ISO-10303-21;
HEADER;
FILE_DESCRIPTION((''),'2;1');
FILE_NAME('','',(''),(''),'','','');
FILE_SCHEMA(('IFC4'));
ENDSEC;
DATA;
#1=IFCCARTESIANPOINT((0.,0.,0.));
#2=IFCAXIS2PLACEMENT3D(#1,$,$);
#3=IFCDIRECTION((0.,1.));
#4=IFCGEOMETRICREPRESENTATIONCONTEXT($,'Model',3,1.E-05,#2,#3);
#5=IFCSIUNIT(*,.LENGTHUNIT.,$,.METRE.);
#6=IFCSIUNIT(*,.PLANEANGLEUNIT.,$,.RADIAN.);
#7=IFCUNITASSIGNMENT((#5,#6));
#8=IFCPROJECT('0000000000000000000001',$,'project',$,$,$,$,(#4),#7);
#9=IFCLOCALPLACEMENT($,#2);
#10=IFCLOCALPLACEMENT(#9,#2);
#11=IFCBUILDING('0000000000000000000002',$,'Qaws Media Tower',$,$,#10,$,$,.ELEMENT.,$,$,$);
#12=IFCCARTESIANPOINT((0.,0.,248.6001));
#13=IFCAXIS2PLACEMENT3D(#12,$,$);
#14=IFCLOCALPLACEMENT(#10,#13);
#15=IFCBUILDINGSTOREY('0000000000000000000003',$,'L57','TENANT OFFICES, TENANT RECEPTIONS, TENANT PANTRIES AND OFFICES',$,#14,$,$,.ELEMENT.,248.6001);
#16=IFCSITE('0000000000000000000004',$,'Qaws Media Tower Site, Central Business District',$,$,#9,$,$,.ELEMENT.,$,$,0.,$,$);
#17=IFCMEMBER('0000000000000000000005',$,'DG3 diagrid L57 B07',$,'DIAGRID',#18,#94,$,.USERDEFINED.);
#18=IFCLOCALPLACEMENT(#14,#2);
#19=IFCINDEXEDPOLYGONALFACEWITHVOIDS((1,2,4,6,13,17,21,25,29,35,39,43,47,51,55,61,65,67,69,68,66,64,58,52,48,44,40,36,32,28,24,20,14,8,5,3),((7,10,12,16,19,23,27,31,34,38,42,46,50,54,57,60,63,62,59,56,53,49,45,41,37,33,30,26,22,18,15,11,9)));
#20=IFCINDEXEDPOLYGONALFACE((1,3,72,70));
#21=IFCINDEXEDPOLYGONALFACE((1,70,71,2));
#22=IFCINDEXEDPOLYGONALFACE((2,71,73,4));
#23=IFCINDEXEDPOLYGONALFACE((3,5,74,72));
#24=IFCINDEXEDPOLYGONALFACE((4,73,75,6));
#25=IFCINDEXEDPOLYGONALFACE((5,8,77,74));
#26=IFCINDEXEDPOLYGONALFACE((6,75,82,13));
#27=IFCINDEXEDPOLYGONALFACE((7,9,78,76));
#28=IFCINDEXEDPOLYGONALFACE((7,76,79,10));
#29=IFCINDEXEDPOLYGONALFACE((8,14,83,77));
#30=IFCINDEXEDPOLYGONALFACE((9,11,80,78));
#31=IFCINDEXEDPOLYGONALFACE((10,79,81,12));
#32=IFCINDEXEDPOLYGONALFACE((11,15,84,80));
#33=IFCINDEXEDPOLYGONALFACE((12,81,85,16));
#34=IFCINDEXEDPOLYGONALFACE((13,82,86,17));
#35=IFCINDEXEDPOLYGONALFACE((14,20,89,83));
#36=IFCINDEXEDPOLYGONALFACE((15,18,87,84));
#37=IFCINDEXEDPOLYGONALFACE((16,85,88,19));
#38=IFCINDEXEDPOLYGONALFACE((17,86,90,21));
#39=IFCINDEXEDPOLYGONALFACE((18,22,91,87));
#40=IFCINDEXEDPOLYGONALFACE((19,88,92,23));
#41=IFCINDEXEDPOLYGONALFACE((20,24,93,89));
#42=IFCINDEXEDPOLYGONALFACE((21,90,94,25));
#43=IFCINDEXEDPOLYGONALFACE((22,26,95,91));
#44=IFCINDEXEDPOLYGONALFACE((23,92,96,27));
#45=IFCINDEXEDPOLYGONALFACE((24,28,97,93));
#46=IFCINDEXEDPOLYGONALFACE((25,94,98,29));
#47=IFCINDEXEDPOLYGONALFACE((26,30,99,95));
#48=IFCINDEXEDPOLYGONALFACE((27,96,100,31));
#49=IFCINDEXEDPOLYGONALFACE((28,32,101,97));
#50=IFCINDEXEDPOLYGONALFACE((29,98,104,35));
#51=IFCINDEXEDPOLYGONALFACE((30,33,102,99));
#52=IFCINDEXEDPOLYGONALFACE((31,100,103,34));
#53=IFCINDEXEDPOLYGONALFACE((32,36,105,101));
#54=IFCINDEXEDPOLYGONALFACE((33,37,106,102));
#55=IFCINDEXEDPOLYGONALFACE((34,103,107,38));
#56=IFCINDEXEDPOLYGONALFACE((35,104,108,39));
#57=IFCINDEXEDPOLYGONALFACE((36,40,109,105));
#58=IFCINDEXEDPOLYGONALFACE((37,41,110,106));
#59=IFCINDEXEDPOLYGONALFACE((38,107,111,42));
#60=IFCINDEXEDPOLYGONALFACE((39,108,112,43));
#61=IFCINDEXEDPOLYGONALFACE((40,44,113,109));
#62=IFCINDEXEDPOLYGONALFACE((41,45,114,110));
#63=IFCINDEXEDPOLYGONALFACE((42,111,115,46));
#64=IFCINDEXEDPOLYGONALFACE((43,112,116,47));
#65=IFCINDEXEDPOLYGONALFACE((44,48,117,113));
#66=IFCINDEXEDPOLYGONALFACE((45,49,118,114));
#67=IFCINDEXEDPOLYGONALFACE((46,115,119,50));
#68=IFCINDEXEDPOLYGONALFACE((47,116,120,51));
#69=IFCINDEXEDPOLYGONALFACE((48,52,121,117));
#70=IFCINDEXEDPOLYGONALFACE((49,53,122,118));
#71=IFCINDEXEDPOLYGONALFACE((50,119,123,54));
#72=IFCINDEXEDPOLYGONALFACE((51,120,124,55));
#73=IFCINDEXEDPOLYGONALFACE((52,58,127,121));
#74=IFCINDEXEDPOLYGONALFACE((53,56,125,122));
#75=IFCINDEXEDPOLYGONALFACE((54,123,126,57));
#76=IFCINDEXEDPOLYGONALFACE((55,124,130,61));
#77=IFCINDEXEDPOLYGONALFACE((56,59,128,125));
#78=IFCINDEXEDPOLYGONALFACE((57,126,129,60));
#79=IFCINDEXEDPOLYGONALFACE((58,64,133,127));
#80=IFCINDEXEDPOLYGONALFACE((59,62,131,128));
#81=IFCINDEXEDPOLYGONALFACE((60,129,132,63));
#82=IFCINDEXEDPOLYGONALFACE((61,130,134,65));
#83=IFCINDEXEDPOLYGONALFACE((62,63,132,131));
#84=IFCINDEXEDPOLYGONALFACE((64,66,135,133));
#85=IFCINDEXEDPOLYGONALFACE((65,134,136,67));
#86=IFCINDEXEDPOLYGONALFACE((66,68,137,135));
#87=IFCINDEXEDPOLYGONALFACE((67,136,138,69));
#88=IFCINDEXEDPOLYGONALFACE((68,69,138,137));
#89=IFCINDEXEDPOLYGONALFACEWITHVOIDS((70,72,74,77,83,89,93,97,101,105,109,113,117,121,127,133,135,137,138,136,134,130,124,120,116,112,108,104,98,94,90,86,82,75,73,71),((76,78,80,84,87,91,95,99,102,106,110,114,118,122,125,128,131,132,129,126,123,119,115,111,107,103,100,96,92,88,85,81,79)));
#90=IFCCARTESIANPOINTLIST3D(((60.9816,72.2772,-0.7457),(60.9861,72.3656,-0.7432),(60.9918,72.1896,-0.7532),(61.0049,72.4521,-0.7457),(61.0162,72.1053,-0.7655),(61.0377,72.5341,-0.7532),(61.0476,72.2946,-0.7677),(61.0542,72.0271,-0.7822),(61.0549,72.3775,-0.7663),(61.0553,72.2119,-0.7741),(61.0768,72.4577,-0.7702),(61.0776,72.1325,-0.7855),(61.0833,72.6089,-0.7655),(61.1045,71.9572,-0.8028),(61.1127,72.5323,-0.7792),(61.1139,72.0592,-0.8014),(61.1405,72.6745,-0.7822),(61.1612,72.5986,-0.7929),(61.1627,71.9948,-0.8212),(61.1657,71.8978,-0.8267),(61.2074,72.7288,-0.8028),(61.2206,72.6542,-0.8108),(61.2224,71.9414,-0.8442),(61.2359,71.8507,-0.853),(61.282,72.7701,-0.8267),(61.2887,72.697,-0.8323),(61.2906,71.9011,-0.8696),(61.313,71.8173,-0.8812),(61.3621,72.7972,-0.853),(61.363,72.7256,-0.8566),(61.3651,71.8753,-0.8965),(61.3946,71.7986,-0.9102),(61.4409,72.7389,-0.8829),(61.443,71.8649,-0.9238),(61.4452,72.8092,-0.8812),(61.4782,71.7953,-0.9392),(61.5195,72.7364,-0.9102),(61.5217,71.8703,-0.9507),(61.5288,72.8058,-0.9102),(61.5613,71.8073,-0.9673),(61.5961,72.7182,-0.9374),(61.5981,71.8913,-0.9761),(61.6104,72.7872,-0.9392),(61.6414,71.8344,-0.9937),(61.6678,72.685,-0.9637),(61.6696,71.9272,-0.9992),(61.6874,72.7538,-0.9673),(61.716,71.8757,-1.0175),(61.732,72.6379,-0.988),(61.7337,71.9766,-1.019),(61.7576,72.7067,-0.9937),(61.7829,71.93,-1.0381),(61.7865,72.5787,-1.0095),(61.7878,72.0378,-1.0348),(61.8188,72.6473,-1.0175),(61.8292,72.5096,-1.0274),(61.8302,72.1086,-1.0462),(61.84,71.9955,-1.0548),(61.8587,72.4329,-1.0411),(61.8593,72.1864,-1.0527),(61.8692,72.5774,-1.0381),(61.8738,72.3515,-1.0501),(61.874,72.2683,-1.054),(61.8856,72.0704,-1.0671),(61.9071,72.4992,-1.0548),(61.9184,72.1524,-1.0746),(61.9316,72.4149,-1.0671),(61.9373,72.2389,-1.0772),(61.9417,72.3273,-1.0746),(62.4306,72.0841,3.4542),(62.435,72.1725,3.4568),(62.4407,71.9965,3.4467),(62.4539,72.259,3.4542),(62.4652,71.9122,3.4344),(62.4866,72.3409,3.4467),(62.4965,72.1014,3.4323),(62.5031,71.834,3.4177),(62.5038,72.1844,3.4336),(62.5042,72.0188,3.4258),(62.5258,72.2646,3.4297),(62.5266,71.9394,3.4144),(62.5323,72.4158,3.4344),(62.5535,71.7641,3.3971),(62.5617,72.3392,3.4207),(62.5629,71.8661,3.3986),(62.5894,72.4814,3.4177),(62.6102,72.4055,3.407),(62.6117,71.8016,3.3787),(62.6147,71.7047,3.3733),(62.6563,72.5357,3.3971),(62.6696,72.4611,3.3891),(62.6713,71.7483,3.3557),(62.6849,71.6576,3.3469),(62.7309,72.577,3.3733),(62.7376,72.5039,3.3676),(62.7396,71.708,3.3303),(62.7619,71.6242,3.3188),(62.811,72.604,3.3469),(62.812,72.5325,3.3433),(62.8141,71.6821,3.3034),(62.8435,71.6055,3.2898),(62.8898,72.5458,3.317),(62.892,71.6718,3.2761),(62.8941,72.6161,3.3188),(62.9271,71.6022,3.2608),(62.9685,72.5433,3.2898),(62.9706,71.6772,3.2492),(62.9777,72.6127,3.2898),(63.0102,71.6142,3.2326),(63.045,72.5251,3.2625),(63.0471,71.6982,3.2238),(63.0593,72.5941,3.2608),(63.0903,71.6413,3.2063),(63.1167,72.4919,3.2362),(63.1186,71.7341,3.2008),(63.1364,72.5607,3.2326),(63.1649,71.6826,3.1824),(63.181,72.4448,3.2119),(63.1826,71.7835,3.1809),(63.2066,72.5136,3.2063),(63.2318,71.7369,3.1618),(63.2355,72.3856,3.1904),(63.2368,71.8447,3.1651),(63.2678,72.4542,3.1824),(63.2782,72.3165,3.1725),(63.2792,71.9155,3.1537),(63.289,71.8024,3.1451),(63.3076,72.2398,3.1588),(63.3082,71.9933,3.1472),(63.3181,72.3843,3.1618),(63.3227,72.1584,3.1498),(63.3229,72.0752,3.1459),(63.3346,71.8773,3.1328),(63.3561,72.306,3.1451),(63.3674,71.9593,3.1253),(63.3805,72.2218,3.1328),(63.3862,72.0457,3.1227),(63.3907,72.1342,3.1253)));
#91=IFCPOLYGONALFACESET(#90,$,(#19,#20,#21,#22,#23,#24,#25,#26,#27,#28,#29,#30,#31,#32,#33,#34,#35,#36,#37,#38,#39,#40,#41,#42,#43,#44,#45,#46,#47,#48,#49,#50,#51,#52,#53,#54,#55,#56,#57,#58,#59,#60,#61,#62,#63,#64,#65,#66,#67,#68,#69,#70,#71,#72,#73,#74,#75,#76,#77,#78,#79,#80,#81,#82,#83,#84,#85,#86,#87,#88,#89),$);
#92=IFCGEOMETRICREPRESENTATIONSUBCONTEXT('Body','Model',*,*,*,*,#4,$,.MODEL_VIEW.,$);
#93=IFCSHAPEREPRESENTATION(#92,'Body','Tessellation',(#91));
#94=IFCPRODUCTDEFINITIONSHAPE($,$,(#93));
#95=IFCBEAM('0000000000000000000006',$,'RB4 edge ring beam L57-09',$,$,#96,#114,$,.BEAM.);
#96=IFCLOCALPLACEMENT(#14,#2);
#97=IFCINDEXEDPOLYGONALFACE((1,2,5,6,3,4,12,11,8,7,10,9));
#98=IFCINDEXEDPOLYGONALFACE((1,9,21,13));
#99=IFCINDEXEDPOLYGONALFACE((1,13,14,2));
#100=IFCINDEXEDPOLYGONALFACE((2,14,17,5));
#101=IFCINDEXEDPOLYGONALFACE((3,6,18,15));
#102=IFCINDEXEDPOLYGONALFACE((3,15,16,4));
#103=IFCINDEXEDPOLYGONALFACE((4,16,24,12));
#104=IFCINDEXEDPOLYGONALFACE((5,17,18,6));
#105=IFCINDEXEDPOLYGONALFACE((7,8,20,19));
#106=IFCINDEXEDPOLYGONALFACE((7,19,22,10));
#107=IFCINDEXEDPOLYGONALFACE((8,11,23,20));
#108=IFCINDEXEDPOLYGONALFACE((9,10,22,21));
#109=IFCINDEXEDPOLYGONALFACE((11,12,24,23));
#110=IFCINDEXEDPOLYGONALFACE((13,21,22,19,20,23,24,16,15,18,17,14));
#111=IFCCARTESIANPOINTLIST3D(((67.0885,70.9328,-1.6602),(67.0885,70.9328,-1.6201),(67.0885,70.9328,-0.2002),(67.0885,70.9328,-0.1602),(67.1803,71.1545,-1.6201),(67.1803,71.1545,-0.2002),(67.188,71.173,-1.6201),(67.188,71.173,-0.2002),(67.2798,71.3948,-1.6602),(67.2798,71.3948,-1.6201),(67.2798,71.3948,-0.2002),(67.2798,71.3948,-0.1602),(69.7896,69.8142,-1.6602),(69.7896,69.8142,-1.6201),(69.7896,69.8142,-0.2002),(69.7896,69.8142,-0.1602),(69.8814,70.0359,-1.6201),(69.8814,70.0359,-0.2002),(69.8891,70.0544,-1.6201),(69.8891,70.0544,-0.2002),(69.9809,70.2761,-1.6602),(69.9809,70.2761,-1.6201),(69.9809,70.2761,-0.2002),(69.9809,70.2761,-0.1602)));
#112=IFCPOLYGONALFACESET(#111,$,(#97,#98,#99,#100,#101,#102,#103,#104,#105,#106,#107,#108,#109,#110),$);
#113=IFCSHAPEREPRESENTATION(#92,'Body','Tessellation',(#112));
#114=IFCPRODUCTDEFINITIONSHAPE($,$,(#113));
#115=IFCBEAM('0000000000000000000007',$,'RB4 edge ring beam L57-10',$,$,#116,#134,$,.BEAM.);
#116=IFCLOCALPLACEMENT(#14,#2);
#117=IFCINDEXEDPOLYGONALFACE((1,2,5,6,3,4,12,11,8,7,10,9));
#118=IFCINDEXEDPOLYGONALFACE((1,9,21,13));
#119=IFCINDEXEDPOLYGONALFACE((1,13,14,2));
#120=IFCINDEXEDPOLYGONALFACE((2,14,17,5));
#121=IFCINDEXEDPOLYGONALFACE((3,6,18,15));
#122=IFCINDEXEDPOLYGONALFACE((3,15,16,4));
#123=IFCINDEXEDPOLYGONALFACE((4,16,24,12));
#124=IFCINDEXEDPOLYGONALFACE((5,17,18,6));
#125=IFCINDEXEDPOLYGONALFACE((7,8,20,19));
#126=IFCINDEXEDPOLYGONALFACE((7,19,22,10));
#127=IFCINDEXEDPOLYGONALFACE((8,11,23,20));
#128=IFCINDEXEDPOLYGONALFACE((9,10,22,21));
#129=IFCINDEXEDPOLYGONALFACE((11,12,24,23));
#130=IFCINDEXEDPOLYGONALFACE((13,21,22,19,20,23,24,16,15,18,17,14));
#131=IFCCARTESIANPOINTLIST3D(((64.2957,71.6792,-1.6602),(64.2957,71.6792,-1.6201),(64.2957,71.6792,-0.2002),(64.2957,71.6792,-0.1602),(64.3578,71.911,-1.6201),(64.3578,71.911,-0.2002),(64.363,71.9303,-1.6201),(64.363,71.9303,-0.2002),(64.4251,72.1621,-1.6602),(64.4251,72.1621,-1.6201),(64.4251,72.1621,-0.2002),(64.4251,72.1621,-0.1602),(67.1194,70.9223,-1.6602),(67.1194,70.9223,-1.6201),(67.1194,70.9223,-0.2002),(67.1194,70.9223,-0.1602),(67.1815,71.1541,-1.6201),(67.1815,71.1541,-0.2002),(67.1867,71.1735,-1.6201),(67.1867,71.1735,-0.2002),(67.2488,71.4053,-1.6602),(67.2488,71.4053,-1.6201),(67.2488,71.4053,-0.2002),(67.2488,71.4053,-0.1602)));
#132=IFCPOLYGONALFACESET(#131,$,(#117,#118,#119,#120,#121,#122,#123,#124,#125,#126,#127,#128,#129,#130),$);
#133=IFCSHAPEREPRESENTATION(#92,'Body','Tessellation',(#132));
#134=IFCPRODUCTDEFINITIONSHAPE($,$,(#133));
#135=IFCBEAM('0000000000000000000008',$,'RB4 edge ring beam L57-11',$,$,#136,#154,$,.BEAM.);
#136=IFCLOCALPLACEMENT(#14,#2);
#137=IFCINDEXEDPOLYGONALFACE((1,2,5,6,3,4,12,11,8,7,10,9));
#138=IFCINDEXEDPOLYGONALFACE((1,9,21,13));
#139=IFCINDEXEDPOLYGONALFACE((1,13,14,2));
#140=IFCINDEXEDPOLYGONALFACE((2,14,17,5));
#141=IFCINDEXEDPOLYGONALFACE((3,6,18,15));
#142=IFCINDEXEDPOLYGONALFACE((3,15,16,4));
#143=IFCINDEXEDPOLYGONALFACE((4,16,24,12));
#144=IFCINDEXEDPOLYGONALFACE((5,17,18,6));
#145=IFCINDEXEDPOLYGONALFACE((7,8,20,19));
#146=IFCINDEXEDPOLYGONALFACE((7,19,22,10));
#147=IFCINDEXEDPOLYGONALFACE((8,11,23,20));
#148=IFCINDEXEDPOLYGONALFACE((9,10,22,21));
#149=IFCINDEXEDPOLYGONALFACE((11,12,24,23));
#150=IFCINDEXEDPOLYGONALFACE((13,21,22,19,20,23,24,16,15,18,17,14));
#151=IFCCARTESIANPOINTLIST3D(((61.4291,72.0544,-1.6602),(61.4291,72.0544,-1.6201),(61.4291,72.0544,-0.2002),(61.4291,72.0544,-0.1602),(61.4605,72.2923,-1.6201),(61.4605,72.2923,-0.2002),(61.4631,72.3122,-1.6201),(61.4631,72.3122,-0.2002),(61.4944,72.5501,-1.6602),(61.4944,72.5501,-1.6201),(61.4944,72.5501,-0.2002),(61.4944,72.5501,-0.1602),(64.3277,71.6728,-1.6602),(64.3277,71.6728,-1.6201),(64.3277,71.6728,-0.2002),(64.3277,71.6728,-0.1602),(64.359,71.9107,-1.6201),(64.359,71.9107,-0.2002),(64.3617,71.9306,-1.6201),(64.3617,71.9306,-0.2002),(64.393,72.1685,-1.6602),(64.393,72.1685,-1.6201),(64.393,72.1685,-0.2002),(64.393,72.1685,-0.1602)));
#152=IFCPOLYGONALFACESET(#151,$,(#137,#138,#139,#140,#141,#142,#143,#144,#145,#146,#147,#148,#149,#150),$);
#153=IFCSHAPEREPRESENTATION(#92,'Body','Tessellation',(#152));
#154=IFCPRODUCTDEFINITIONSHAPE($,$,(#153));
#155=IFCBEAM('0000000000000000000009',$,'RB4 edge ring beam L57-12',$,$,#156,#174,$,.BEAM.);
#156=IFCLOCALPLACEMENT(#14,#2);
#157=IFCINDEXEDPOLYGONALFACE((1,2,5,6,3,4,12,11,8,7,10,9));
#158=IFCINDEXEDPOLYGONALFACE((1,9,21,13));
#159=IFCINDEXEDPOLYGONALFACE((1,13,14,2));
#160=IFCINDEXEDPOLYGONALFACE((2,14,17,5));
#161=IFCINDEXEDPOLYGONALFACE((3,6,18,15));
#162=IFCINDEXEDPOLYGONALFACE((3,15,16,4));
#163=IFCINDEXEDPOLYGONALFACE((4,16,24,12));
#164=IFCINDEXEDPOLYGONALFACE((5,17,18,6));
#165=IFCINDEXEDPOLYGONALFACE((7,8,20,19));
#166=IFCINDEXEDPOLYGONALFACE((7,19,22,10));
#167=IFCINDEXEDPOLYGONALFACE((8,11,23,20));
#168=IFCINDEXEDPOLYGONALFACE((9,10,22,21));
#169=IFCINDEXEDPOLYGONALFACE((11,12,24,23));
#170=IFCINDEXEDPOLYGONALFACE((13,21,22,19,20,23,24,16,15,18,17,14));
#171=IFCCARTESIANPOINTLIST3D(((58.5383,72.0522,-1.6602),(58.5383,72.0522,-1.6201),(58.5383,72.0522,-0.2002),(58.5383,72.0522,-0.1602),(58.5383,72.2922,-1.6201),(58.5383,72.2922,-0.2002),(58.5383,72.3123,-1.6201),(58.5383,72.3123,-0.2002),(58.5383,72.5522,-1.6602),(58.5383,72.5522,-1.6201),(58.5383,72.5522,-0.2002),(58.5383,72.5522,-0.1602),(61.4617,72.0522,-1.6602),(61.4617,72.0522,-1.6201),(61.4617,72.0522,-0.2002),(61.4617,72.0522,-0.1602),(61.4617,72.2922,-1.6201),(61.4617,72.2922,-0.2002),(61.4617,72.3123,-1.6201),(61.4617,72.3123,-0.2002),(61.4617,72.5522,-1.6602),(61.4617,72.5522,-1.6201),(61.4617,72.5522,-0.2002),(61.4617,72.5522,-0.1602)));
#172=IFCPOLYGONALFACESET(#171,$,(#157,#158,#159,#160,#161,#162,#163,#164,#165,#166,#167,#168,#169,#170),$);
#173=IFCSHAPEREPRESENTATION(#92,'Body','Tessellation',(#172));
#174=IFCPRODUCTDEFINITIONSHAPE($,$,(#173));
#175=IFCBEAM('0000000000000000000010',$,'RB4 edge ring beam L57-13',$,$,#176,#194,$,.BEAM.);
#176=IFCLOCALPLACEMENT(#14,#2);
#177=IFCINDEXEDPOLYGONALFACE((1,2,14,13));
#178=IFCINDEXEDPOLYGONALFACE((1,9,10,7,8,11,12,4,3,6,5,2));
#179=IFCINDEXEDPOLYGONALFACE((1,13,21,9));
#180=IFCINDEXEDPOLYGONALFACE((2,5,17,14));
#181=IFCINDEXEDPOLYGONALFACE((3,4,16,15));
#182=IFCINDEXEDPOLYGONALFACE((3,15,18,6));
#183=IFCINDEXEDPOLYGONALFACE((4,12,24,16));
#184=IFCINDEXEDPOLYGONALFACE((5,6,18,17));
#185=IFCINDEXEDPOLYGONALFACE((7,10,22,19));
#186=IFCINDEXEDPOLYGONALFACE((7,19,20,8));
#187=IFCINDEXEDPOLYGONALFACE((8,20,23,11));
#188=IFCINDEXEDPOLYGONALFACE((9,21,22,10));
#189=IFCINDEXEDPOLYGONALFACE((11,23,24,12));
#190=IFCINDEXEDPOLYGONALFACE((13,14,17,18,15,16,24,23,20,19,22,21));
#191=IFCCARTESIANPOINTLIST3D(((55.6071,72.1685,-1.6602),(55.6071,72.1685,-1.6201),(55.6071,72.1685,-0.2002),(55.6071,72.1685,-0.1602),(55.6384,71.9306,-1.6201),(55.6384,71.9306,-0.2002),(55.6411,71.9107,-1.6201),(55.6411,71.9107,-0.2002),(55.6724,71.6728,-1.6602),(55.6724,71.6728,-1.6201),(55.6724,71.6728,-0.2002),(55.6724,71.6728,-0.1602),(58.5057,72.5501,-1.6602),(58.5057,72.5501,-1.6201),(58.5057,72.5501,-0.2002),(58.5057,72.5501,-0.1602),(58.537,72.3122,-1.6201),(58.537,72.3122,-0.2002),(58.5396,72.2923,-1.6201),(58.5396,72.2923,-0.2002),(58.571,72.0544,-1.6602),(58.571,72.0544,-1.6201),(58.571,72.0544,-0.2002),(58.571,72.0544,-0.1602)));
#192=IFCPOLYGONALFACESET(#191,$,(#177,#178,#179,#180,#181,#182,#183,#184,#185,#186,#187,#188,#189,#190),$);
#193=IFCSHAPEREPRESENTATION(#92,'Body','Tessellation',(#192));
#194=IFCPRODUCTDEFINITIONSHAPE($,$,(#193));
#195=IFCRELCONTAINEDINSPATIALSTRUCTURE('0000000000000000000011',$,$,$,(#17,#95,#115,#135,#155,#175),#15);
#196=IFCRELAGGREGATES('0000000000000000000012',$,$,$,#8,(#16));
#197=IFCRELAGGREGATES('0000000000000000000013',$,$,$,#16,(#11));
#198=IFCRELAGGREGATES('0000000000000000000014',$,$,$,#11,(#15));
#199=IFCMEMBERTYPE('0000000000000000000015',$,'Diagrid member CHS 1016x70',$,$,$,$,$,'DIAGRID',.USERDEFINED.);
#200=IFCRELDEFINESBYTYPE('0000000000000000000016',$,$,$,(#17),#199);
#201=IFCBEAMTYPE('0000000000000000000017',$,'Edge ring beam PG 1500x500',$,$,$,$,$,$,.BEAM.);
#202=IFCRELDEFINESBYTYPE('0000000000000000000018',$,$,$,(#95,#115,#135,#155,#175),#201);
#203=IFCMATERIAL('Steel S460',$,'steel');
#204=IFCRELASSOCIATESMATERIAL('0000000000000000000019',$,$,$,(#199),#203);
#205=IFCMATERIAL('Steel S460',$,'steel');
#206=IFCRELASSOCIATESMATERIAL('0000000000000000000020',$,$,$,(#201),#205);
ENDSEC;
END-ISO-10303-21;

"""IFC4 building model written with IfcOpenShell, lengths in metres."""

from ifc_helpers import new_model, si_unit, direction, frame, origin, origin_2d, place, context, subcontext, project, spatial, hollow_circle, i_section, extrude, material, material_profile, profile_set, type_object, element, save


model = new_model("IFC4")

# Units and contexts
model_context = context("Model", 3, precision=1e-05, world=origin(), true_north=direction((0.0, 1.0)))
body_context = subcontext(model_context, "Body", "Model", "MODEL_VIEW")
ifc_project = project(units=[si_unit("LENGTHUNIT", "METRE"), si_unit("PLANEANGLEUNIT", "RADIAN")], contexts=[model_context])

# Site, building, storey
site_placement = place(None, origin())
site = spatial("IfcSite", under=ifc_project, at=site_placement, Name="Qaws Media Tower Site, Central Business District", CompositionType="ELEMENT", RefElevation=0.0)
building_placement = place(site_placement, origin())
building = spatial("IfcBuilding", under=site, at=building_placement, Name="Qaws Media Tower", CompositionType="ELEMENT")
storey_placement = place(building_placement, frame((0.0, 0.0, 248.6001)))
storey = spatial("IfcBuildingStorey", under=building, at=storey_placement, Name="L57", Description="TENANT OFFICES, TENANT RECEPTIONS, TENANT PANTRIES AND OFFICES", CompositionType="ELEMENT", Elevation=248.6001)

# Member
ifc_material_1 = material(Name="Steel S460", Category="steel")
ifc_material_profile_1 = material_profile(ifc_material_1, hollow_circle(Radius=0.5081, WallThickness=0.0701, at=origin_2d()), Name="CHS 1016x70")
ifc_profile_set_1 = profile_set([ifc_material_profile_1], Name="Steel S460")
member_type_1 = type_object("IfcMemberType", Name="Diagrid member CHS 1016x70", ElementType="DIAGRID", PredefinedType="USERDEFINED", material=ifc_profile_set_1)
for number, where, z_axis, x_axis, name in (
    (1, (61.4617, 72.3022, -0.9102), (0.325827, -0.043425, 0.944432), (0.132109, 0.991235, 0.0), "DG3 diagrid L57 B07"),
):
    element("IfcMember", number, at=place(storey_placement, frame(where, z_axis=z_axis, x_axis=x_axis)), inside=storey, type_object=member_type_1, Name=name, ObjectType="DIAGRID", PredefinedType="USERDEFINED", context=body_context, shape_type="SweptSolid", body=[
        extrude(hollow_circle(Radius=0.5081, WallThickness=0.0701, at=origin_2d()), origin(), (0.0, 0.0, 1.0), 4.447),
    ])

# Beams
ifc_material_2 = material(Name="Steel S460", Category="steel")
ifc_material_profile_2 = material_profile(ifc_material_2, i_section(OverallWidth=0.5, OverallDepth=1.5, WebThickness=0.02, FlangeThickness=0.04, at=origin_2d()), Name="PG 1500x500")
ifc_profile_set_2 = profile_set([ifc_material_profile_2], Name="Steel S460")
beam_type = type_object("IfcBeamType", Name="Edge ring beam PG 1500x500", PredefinedType="BEAM", material=ifc_profile_set_2)
beam_1_placement = place(storey_placement, frame((69.8853, 70.0452, -0.9102), z_axis=(-0.923905, 0.382622, 0.0), x_axis=(-0.382622, -0.923905, 0.0)))
element("IfcBeam", 2, at=beam_1_placement, inside=storey, type_object=beam_type, Name="RB4 edge ring beam L57-09", PredefinedType="BEAM", context=body_context, shape_type="SweptSolid", body=[
    extrude(i_section(OverallWidth=0.5, OverallDepth=1.5, WebThickness=0.02, FlangeThickness=0.04, at=origin_2d()), origin(), (0.0, 0.0, 1.0), 2.9236),
])
beam_2_placement = place(storey_placement, frame((67.1841, 71.1638, -0.9102), z_axis=(-0.965907, 0.258889, 0.0), x_axis=(-0.258889, -0.965907, 0.0)))
element("IfcBeam", 3, at=beam_2_placement, inside=storey, type_object=beam_type, Name="RB4 edge ring beam L57-10", PredefinedType="BEAM", context=body_context, shape_type="SweptSolid", body=[
    extrude(i_section(OverallWidth=0.5, OverallDepth=1.5, WebThickness=0.02, FlangeThickness=0.04, at=origin_2d()), origin(), (0.0, 0.0, 1.0), 2.9233),
])
beam_3_placement = place(storey_placement, frame((64.3604, 71.9207, -0.9102), z_axis=(-0.991446, 0.130517, 0.0), x_axis=(-0.130517, -0.991446, 0.0)))
element("IfcBeam", 4, at=beam_3_placement, inside=storey, type_object=beam_type, Name="RB4 edge ring beam L57-11", PredefinedType="BEAM", context=body_context, shape_type="SweptSolid", body=[
    extrude(i_section(OverallWidth=0.5, OverallDepth=1.5, WebThickness=0.02, FlangeThickness=0.04, at=origin_2d()), origin(), (0.0, 0.0, 1.0), 2.9236),
])
beam_4_placement = place(storey_placement, frame((61.4617, 72.3022, -0.9102), z_axis=(-1.0, 0.0, 0.0), x_axis=(0.0, -1.0, 0.0)))
element("IfcBeam", 5, at=beam_4_placement, inside=storey, type_object=beam_type, Name="RB4 edge ring beam L57-12", PredefinedType="BEAM", context=body_context, shape_type="SweptSolid", body=[
    extrude(i_section(OverallWidth=0.5, OverallDepth=1.5, WebThickness=0.02, FlangeThickness=0.04, at=origin_2d()), origin(), (0.0, 0.0, 1.0), 2.9233),
])
beam_5_placement = place(storey_placement, frame((58.5383, 72.3022, -0.9102), z_axis=(-0.991446, -0.130517, 0.0), x_axis=(0.130517, -0.991446, 0.0)))
element("IfcBeam", 6, at=beam_5_placement, inside=storey, type_object=beam_type, Name="RB4 edge ring beam L57-13", PredefinedType="BEAM", context=body_context, shape_type="SweptSolid", body=[
    extrude(i_section(OverallWidth=0.5, OverallDepth=1.5, WebThickness=0.02, FlangeThickness=0.04, at=origin_2d()), origin(), (0.0, 0.0, 1.0), 2.9236),
])

save(model, "model.ifc")
